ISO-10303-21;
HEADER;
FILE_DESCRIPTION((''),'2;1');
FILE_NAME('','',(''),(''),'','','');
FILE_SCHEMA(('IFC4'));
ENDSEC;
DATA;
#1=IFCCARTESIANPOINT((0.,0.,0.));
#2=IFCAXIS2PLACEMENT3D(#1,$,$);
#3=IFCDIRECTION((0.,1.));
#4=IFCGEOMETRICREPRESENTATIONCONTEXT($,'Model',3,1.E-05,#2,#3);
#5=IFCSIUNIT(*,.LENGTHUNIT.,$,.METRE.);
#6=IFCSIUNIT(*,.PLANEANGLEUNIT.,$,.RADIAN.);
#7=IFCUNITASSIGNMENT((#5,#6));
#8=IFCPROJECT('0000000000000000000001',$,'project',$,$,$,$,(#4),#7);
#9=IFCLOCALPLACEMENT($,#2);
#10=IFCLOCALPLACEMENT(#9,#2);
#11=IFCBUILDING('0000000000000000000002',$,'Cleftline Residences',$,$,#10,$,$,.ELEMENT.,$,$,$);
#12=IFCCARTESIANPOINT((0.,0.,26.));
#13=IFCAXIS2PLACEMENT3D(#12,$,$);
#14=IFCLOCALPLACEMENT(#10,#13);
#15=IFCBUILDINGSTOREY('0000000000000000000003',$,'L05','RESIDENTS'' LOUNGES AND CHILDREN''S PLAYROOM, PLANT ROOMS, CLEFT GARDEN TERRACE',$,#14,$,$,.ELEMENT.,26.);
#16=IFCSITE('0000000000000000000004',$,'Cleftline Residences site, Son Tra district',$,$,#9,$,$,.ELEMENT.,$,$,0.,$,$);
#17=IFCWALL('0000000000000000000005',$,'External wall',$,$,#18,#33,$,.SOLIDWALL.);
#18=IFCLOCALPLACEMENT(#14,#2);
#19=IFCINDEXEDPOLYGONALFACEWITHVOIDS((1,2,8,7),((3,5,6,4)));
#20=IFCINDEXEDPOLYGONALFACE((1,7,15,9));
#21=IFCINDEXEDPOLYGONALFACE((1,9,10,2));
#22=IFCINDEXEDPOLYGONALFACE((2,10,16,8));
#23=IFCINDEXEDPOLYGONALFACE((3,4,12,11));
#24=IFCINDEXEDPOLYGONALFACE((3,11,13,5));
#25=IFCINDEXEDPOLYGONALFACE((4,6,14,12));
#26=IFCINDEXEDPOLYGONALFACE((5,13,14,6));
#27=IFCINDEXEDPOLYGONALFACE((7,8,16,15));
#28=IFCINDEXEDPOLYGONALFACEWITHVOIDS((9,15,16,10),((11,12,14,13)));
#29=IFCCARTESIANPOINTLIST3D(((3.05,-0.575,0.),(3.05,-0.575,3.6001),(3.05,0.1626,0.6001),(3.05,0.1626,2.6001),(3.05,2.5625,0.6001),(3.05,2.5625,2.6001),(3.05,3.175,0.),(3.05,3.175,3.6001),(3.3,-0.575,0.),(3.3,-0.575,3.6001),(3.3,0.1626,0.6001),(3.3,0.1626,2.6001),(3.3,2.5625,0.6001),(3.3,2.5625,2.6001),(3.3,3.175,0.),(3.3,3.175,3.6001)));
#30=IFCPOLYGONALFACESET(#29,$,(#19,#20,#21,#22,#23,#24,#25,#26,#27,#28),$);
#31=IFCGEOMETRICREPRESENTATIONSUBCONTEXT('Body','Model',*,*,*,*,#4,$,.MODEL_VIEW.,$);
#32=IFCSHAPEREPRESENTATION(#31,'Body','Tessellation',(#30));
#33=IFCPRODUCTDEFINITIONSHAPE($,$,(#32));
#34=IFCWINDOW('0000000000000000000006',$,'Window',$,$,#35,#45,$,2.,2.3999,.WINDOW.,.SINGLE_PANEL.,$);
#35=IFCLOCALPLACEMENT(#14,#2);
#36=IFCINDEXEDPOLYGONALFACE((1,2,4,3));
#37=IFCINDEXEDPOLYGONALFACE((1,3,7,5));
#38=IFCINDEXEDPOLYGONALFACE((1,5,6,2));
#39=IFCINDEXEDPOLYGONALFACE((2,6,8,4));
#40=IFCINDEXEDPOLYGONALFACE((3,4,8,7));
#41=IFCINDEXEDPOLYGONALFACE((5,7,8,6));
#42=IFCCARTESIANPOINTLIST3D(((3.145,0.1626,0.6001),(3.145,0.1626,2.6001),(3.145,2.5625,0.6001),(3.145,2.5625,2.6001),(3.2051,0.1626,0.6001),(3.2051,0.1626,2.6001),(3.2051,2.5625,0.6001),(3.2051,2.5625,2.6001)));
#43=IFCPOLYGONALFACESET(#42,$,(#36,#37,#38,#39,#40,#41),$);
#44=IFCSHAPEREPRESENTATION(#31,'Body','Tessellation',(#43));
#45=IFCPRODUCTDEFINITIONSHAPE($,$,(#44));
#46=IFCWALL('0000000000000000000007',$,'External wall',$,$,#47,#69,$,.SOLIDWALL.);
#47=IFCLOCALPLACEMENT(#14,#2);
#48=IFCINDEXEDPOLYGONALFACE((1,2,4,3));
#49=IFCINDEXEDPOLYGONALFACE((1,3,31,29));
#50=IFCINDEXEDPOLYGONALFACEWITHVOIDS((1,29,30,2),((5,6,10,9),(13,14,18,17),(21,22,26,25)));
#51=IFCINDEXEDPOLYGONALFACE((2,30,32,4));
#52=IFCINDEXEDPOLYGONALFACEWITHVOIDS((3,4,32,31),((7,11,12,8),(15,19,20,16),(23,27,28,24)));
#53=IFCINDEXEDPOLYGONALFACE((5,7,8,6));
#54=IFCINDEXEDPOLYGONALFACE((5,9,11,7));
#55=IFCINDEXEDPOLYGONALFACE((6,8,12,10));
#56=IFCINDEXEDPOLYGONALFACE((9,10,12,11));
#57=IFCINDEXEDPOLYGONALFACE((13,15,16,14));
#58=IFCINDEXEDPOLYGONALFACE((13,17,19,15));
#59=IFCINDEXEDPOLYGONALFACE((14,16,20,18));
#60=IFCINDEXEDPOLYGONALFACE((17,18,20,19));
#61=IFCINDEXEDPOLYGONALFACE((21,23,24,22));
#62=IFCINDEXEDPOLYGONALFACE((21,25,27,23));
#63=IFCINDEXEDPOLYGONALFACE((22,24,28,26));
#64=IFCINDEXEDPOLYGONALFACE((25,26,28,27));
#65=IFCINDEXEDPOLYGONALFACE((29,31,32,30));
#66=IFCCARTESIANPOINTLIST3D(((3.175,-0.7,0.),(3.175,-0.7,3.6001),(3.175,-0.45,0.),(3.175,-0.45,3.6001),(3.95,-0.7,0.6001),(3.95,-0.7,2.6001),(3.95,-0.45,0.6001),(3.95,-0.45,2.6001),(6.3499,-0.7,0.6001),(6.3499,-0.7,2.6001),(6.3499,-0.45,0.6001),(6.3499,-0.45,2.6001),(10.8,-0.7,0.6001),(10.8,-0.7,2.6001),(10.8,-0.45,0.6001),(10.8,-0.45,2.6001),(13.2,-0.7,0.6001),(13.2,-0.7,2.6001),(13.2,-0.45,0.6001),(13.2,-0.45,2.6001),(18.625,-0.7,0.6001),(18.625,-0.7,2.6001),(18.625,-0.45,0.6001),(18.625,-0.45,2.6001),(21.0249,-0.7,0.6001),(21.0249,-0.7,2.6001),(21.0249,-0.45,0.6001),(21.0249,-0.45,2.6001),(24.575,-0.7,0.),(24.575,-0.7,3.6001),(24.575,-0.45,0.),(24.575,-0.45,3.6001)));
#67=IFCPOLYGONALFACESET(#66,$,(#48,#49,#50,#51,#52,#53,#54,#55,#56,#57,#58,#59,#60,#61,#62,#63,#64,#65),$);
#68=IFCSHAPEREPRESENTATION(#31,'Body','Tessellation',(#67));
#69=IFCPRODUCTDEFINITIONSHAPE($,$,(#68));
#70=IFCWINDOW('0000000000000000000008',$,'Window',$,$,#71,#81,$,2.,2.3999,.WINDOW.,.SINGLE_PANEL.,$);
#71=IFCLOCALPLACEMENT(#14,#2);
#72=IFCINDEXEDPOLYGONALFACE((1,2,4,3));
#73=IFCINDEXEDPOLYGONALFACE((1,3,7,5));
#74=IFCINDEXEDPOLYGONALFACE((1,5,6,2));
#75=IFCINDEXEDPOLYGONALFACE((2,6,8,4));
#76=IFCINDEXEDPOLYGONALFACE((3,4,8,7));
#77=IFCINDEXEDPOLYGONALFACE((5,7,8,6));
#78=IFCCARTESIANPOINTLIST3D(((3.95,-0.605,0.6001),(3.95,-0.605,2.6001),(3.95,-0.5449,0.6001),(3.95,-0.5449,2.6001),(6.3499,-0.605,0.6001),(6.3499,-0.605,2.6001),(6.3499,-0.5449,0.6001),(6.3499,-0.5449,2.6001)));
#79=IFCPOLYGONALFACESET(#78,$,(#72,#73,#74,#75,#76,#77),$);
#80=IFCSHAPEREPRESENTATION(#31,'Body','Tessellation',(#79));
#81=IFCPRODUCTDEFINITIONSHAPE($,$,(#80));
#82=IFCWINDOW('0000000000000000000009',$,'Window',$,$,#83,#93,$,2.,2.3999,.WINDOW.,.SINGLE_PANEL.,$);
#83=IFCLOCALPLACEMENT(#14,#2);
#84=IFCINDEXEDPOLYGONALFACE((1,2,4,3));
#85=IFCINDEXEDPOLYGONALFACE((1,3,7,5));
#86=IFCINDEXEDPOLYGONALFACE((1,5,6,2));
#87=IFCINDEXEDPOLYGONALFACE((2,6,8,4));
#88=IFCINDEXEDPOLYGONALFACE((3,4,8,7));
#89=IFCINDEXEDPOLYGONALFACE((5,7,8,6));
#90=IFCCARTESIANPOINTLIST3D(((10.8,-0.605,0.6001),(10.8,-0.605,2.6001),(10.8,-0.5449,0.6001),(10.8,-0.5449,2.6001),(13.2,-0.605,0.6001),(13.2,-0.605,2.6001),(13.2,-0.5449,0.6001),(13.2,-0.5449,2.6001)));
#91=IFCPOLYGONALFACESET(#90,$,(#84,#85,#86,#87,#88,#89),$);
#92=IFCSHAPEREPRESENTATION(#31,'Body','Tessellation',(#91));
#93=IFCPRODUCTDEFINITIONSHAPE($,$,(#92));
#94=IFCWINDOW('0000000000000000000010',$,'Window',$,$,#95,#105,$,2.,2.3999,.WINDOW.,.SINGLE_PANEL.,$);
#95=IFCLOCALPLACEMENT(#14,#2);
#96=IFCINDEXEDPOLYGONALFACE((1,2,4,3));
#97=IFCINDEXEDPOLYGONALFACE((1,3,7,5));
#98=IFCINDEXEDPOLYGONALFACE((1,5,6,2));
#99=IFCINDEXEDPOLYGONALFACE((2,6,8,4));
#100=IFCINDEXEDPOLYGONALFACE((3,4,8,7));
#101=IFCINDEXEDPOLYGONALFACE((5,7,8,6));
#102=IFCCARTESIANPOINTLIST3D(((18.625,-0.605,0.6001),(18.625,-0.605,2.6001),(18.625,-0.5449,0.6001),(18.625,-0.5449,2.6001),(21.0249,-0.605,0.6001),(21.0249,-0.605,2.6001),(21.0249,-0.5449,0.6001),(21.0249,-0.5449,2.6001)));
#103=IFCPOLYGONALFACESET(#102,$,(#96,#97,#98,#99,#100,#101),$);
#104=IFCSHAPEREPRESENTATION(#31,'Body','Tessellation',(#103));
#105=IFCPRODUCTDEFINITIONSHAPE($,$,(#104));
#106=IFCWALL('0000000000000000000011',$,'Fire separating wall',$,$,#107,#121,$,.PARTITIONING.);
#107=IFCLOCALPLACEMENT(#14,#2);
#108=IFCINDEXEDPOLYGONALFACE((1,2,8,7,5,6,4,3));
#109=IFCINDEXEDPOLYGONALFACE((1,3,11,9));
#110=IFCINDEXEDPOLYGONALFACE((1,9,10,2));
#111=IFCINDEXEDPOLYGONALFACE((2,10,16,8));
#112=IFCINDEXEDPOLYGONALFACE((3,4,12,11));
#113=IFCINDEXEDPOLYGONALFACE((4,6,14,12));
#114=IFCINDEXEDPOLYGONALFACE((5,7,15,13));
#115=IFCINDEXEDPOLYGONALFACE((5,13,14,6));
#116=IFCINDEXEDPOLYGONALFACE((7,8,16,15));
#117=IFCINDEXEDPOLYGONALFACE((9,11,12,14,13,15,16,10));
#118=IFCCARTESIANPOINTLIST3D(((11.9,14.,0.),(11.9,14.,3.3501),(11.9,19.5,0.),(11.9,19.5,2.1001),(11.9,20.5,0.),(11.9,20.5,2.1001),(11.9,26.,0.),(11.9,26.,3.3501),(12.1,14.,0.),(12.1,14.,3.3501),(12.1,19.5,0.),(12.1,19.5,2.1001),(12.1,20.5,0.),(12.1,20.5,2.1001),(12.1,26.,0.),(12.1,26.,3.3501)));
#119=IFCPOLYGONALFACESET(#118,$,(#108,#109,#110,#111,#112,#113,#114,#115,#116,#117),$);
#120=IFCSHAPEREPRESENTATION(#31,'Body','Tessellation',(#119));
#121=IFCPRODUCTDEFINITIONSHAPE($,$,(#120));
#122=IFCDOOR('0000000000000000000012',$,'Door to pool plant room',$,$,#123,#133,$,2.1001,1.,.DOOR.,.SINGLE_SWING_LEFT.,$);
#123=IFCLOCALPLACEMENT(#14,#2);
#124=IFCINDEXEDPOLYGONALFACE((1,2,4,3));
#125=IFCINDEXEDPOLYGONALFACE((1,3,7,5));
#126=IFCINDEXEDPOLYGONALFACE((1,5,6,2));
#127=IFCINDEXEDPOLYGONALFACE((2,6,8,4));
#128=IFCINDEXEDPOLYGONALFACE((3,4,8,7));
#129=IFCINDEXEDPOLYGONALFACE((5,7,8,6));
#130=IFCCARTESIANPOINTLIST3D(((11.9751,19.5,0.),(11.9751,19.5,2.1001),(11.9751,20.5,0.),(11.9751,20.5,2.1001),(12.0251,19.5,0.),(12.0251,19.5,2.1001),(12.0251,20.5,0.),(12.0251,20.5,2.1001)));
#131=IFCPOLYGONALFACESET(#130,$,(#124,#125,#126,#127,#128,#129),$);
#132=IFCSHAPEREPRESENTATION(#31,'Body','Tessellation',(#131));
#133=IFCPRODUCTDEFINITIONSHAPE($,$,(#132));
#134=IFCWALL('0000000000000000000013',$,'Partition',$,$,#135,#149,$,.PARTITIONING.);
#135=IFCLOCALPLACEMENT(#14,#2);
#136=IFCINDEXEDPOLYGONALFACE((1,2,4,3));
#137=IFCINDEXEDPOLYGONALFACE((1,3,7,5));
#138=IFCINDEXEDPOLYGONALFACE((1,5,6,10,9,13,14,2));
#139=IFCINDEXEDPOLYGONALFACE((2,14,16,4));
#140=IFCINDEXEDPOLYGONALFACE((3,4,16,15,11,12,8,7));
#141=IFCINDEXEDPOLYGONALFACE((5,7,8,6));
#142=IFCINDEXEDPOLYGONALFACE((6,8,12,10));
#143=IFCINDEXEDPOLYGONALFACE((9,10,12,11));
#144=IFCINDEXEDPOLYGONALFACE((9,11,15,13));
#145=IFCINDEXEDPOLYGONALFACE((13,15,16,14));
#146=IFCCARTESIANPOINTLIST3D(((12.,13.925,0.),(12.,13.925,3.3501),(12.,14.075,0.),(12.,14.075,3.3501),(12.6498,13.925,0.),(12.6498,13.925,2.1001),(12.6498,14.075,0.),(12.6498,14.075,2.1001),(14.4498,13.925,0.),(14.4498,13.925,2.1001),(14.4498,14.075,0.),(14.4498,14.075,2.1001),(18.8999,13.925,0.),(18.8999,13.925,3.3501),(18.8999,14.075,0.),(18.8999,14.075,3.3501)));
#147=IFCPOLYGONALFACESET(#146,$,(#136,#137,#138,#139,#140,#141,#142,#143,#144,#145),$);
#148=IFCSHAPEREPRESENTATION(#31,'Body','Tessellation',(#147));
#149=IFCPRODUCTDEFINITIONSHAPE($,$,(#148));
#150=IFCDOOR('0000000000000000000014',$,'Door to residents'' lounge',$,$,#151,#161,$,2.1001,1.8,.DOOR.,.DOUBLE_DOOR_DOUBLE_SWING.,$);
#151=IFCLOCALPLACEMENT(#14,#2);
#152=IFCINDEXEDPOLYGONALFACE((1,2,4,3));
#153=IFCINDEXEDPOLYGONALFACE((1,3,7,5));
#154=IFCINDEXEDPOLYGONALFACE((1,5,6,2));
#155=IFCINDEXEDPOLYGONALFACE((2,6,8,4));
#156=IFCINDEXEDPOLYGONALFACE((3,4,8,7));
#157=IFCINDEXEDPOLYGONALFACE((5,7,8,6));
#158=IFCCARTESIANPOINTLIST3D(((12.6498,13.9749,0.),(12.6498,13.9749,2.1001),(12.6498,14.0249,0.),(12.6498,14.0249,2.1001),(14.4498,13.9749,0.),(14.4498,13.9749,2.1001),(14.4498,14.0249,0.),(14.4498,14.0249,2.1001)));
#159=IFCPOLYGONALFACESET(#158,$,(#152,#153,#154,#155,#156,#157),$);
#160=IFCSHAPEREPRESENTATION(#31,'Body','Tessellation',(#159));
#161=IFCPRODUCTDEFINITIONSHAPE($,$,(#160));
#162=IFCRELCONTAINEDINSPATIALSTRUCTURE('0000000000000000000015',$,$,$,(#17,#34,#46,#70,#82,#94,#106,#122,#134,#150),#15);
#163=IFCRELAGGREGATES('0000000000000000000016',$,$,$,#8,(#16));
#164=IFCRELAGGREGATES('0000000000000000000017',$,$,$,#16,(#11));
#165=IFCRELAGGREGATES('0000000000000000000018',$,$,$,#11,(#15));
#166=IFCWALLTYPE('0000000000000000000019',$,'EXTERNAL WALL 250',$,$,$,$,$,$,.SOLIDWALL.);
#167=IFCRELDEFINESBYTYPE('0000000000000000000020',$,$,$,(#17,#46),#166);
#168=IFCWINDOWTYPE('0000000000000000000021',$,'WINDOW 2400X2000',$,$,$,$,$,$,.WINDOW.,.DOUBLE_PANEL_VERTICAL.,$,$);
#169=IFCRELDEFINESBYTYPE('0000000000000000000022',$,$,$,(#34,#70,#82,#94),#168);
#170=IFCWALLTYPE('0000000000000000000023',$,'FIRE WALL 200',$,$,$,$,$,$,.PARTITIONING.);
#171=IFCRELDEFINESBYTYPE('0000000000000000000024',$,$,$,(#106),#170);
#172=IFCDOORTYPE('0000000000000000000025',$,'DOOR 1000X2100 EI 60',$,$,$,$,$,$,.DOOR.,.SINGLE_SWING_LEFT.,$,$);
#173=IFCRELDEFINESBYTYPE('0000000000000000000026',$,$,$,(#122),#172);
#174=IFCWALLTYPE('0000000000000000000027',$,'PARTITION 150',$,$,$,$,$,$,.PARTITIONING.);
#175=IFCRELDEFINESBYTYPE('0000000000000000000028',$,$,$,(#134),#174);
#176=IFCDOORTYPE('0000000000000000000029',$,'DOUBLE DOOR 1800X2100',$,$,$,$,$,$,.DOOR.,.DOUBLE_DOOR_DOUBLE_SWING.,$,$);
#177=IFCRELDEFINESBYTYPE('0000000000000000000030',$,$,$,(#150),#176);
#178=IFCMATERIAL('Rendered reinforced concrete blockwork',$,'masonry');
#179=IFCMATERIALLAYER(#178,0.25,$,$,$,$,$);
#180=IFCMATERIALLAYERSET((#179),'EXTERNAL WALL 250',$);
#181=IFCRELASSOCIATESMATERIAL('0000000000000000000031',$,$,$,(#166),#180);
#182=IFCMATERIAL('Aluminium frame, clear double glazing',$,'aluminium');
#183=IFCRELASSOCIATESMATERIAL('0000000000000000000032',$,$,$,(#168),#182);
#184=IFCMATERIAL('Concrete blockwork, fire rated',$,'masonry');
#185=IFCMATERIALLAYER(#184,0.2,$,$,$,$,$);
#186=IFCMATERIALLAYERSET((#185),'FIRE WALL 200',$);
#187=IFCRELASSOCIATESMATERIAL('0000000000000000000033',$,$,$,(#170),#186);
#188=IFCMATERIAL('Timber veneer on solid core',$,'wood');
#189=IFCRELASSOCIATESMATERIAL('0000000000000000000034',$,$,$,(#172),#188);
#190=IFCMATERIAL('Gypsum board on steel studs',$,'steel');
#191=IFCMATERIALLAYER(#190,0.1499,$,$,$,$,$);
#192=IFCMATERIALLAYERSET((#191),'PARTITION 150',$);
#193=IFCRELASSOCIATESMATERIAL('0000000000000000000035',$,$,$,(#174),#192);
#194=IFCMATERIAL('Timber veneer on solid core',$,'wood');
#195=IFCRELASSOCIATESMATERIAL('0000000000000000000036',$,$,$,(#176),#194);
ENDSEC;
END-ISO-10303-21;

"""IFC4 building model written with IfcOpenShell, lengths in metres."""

from ifc_helpers import new_model, si_unit, direction, frame, frame_2d, origin, place, context, subcontext, project, spatial, rectangle, extrude, material, layer, layer_set, type_object, element, fill, save


model = new_model("IFC4")

# Units and contexts
model_context = context("Model", 3, precision=1e-05, world=origin(), true_north=direction((0.0, 1.0)))
body_context = subcontext(model_context, "Body", "Model", "MODEL_VIEW")
ifc_project = project(units=[si_unit("LENGTHUNIT", "METRE"), si_unit("PLANEANGLEUNIT", "RADIAN")], contexts=[model_context])

# Site, building, storey
site_placement = place(None, origin())
site = spatial("IfcSite", under=ifc_project, at=site_placement, Name="Cleftline Residences site, Son Tra district", CompositionType="ELEMENT", RefElevation=0.0)
building_placement = place(site_placement, origin())
building = spatial("IfcBuilding", under=site, at=building_placement, Name="Cleftline Residences", CompositionType="ELEMENT")
storey_placement = place(building_placement, frame((0.0, 0.0, 26.0)))
storey = spatial("IfcBuildingStorey", under=building, at=storey_placement, Name="L05", Description="RESIDENTS' LOUNGES AND CHILDREN'S PLAYROOM, PLANT ROOMS, CLEFT GARDEN TERRACE", CompositionType="ELEMENT", Elevation=26.0)

# Wall, opening, window
ifc_material_1 = material(Name="Rendered reinforced concrete blockwork", Category="masonry")
ifc_layer_1 = layer(ifc_material_1, 0.25)
ifc_layer_set_1 = layer_set([ifc_layer_1], Name="EXTERNAL WALL 250")
wall_type_1 = type_object("IfcWallType", Name="EXTERNAL WALL 250", PredefinedType="SOLIDWALL", material=ifc_layer_set_1)
wall_1_placement = place(storey_placement, frame((3.175, 3.175, 0.0), z_axis=(0.0, 0.0, 1.0), x_axis=(0.0, -1.0, 0.0)))
wall_1 = element("IfcWall", 1, at=wall_1_placement, inside=storey, type_object=wall_type_1, Name="External wall", PredefinedType="SOLIDWALL", context=body_context, shape_type="SweptSolid", body=[
    extrude(rectangle(XDim=3.75, YDim=0.25, at=frame_2d((1.875, 0.0))), origin(), (0.0, 0.0, 1.0), 3.6001),
])
opening_1_placement = place(wall_1_placement, frame((0.6125, 0.0, 0.6001)))
opening_1 = element("IfcOpeningElement", 2, at=opening_1_placement, cuts=wall_1, PredefinedType="OPENING", context=body_context, shape_type="SweptSolid", body=[
    extrude(rectangle(XDim=2.3999, YDim=2.0, at=frame_2d((1.2, 1.0))), frame((0.0, 0.135, 0.0), z_axis=(0.0, -1.0, 0.0), x_axis=(1.0, 0.0, 0.0)), (0.0, 0.0, 1.0), 0.27),
])
ifc_material_2 = material(Name="Aluminium frame, clear double glazing", Category="aluminium")
window_type = type_object("IfcWindowType", Name="WINDOW 2400X2000", PartitioningType="DOUBLE_PANEL_VERTICAL", PredefinedType="WINDOW", material=ifc_material_2)
window_1_placement = place(opening_1_placement, origin())
window_1 = element("IfcWindow", 3, at=window_1_placement, inside=storey, type_object=window_type, Name="Window", OverallHeight=2.0, OverallWidth=2.3999, PartitioningType="SINGLE_PANEL", PredefinedType="WINDOW", context=body_context, shape_type="SweptSolid", body=[
    extrude(rectangle(XDim=2.3999, YDim=2.0, at=frame_2d((1.2, 1.0))), frame((0.0, 0.03, 0.0), z_axis=(0.0, -1.0, 0.0), x_axis=(1.0, 0.0, 0.0)), (0.0, 0.0, 1.0), 0.0601),
])
fill(opening_1, window_1)

# Wall, openings, windows
wall_2_placement = place(storey_placement, frame((3.175, -0.575, 0.0), z_axis=(0.0, 0.0, 1.0), x_axis=(1.0, 0.0, 0.0)))
wall_2 = element("IfcWall", 4, at=wall_2_placement, inside=storey, type_object=wall_type_1, Name="External wall", PredefinedType="SOLIDWALL", context=body_context, shape_type="SweptSolid", body=[
    extrude(rectangle(XDim=21.3999, YDim=0.25, at=frame_2d((10.7, 0.0))), origin(), (0.0, 0.0, 1.0), 3.6001),
])
opening_2_placement = place(wall_2_placement, frame((0.7749, 0.0, 0.6001)))
opening_2 = element("IfcOpeningElement", 5, at=opening_2_placement, cuts=wall_2, PredefinedType="OPENING", context=body_context, shape_type="SweptSolid", body=[
    extrude(rectangle(XDim=2.3999, YDim=2.0, at=frame_2d((1.2, 1.0))), frame((0.0, 0.135, 0.0), z_axis=(0.0, -1.0, 0.0), x_axis=(1.0, 0.0, 0.0)), (0.0, 0.0, 1.0), 0.27),
])
opening_3_placement = place(wall_2_placement, frame((7.625, 0.0, 0.6001)))
opening_3 = element("IfcOpeningElement", 6, at=opening_3_placement, cuts=wall_2, PredefinedType="OPENING", context=body_context, shape_type="SweptSolid", body=[
    extrude(rectangle(XDim=2.3999, YDim=2.0, at=frame_2d((1.2, 1.0))), frame((0.0, 0.135, 0.0), z_axis=(0.0, -1.0, 0.0), x_axis=(1.0, 0.0, 0.0)), (0.0, 0.0, 1.0), 0.27),
])
opening_4_placement = place(wall_2_placement, frame((15.45, 0.0, 0.6001)))
opening_4 = element("IfcOpeningElement", 7, at=opening_4_placement, cuts=wall_2, PredefinedType="OPENING", context=body_context, shape_type="SweptSolid", body=[
    extrude(rectangle(XDim=2.3999, YDim=2.0, at=frame_2d((1.2, 1.0))), frame((0.0, 0.135, 0.0), z_axis=(0.0, -1.0, 0.0), x_axis=(1.0, 0.0, 0.0)), (0.0, 0.0, 1.0), 0.27),
])
window_2_placement = place(opening_2_placement, origin())
window_2 = element("IfcWindow", 8, at=window_2_placement, inside=storey, type_object=window_type, Name="Window", OverallHeight=2.0, OverallWidth=2.3999, PartitioningType="SINGLE_PANEL", PredefinedType="WINDOW", context=body_context, shape_type="SweptSolid", body=[
    extrude(rectangle(XDim=2.3999, YDim=2.0, at=frame_2d((1.2, 1.0))), frame((0.0, 0.03, 0.0), z_axis=(0.0, -1.0, 0.0), x_axis=(1.0, 0.0, 0.0)), (0.0, 0.0, 1.0), 0.0601),
])
fill(opening_2, window_2)
window_3_placement = place(opening_3_placement, origin())
window_3 = element("IfcWindow", 9, at=window_3_placement, inside=storey, type_object=window_type, Name="Window", OverallHeight=2.0, OverallWidth=2.3999, PartitioningType="SINGLE_PANEL", PredefinedType="WINDOW", context=body_context, shape_type="SweptSolid", body=[
    extrude(rectangle(XDim=2.3999, YDim=2.0, at=frame_2d((1.2, 1.0))), frame((0.0, 0.03, 0.0), z_axis=(0.0, -1.0, 0.0), x_axis=(1.0, 0.0, 0.0)), (0.0, 0.0, 1.0), 0.0601),
])
fill(opening_3, window_3)
window_4_placement = place(opening_4_placement, origin())
window_4 = element("IfcWindow", 10, at=window_4_placement, inside=storey, type_object=window_type, Name="Window", OverallHeight=2.0, OverallWidth=2.3999, PartitioningType="SINGLE_PANEL", PredefinedType="WINDOW", context=body_context, shape_type="SweptSolid", body=[
    extrude(rectangle(XDim=2.3999, YDim=2.0, at=frame_2d((1.2, 1.0))), frame((0.0, 0.03, 0.0), z_axis=(0.0, -1.0, 0.0), x_axis=(1.0, 0.0, 0.0)), (0.0, 0.0, 1.0), 0.0601),
])
fill(opening_4, window_4)

# Walls, openings, doors
ifc_material_3 = material(Name="Concrete blockwork, fire rated", Category="masonry")
ifc_layer_2 = layer(ifc_material_3, 0.2)
ifc_layer_set_2 = layer_set([ifc_layer_2], Name="FIRE WALL 200")
wall_type_2 = type_object("IfcWallType", Name="FIRE WALL 200", PredefinedType="PARTITIONING", material=ifc_layer_set_2)
wall_3_placement = place(storey_placement, frame((12.0, 14.0, 0.0), z_axis=(0.0, 0.0, 1.0), x_axis=(0.0, 1.0, 0.0)))
wall_3 = element("IfcWall", 11, at=wall_3_placement, inside=storey, type_object=wall_type_2, Name="Fire separating wall", PredefinedType="PARTITIONING", context=body_context, shape_type="SweptSolid", body=[
    extrude(rectangle(XDim=12.0, YDim=0.2, at=frame_2d((6.0, 0.0))), origin(), (0.0, 0.0, 1.0), 3.3501),
])
opening_5_placement = place(wall_3_placement, frame((5.5, 0.0, 0.0)))
opening_5 = element("IfcOpeningElement", 12, at=opening_5_placement, cuts=wall_3, PredefinedType="OPENING", context=body_context, shape_type="SweptSolid", body=[
    extrude(rectangle(XDim=1.0, YDim=2.1001, at=frame_2d((0.5, 1.05))), frame((0.0, 0.1099, 0.0), z_axis=(0.0, -1.0, 0.0), x_axis=(1.0, 0.0, 0.0)), (0.0, 0.0, 1.0), 0.22),
])
ifc_material_4 = material(Name="Timber veneer on solid core", Category="wood")
door_type_1 = type_object("IfcDoorType", Name="DOOR 1000X2100 EI 60", OperationType="SINGLE_SWING_LEFT", PredefinedType="DOOR", material=ifc_material_4)
door_1_placement = place(opening_5_placement, origin())
door_1 = element("IfcDoor", 13, at=door_1_placement, inside=storey, type_object=door_type_1, Name="Door to pool plant room", OperationType="SINGLE_SWING_LEFT", OverallHeight=2.1001, OverallWidth=1.0, PredefinedType="DOOR", context=body_context, shape_type="SweptSolid", body=[
    extrude(rectangle(XDim=1.0, YDim=2.1001, at=frame_2d((0.5, 1.05))), frame((0.0, 0.0249, 0.0), z_axis=(0.0, -1.0, 0.0), x_axis=(1.0, 0.0, 0.0)), (0.0, 0.0, 1.0), 0.05),
])
fill(opening_5, door_1)
ifc_material_5 = material(Name="Gypsum board on steel studs", Category="steel")
ifc_layer_3 = layer(ifc_material_5, 0.1499)
ifc_layer_set_3 = layer_set([ifc_layer_3], Name="PARTITION 150")
wall_type_3 = type_object("IfcWallType", Name="PARTITION 150", PredefinedType="PARTITIONING", material=ifc_layer_set_3)
wall_4_placement = place(storey_placement, frame((12.0, 14.0, 0.0), z_axis=(0.0, 0.0, 1.0), x_axis=(1.0, 0.0, 0.0)))
wall_4 = element("IfcWall", 14, at=wall_4_placement, inside=storey, type_object=wall_type_3, Name="Partition", PredefinedType="PARTITIONING", context=body_context, shape_type="SweptSolid", body=[
    extrude(rectangle(XDim=6.8999, YDim=0.1499, at=frame_2d((3.45, 0.0))), origin(), (0.0, 0.0, 1.0), 3.3501),
])
opening_6_placement = place(wall_4_placement, frame((0.6499, 0.0, 0.0)))
opening_6 = element("IfcOpeningElement", 15, at=opening_6_placement, cuts=wall_4, PredefinedType="OPENING", context=body_context, shape_type="SweptSolid", body=[
    extrude(rectangle(XDim=1.8, YDim=2.1001, at=frame_2d((0.8999, 1.05))), frame((0.0, 0.085, 0.0), z_axis=(0.0, -1.0, 0.0), x_axis=(1.0, 0.0, 0.0)), (0.0, 0.0, 1.0), 0.1699),
])
ifc_material_6 = material(Name="Timber veneer on solid core", Category="wood")
door_type_2 = type_object("IfcDoorType", Name="DOUBLE DOOR 1800X2100", OperationType="DOUBLE_DOOR_DOUBLE_SWING", PredefinedType="DOOR", material=ifc_material_6)
door_2_placement = place(opening_6_placement, origin())
door_2 = element("IfcDoor", 16, at=door_2_placement, inside=storey, type_object=door_type_2, Name="Door to residents' lounge", OperationType="DOUBLE_DOOR_DOUBLE_SWING", OverallHeight=2.1001, OverallWidth=1.8, PredefinedType="DOOR", context=body_context, shape_type="SweptSolid", body=[
    extrude(rectangle(XDim=1.8, YDim=2.1001, at=frame_2d((0.8999, 1.05))), frame((0.0, 0.0249, 0.0), z_axis=(0.0, -1.0, 0.0), x_axis=(1.0, 0.0, 0.0)), (0.0, 0.0, 1.0), 0.05),
])
fill(opening_6, door_2)

save(model, "model.ifc")
